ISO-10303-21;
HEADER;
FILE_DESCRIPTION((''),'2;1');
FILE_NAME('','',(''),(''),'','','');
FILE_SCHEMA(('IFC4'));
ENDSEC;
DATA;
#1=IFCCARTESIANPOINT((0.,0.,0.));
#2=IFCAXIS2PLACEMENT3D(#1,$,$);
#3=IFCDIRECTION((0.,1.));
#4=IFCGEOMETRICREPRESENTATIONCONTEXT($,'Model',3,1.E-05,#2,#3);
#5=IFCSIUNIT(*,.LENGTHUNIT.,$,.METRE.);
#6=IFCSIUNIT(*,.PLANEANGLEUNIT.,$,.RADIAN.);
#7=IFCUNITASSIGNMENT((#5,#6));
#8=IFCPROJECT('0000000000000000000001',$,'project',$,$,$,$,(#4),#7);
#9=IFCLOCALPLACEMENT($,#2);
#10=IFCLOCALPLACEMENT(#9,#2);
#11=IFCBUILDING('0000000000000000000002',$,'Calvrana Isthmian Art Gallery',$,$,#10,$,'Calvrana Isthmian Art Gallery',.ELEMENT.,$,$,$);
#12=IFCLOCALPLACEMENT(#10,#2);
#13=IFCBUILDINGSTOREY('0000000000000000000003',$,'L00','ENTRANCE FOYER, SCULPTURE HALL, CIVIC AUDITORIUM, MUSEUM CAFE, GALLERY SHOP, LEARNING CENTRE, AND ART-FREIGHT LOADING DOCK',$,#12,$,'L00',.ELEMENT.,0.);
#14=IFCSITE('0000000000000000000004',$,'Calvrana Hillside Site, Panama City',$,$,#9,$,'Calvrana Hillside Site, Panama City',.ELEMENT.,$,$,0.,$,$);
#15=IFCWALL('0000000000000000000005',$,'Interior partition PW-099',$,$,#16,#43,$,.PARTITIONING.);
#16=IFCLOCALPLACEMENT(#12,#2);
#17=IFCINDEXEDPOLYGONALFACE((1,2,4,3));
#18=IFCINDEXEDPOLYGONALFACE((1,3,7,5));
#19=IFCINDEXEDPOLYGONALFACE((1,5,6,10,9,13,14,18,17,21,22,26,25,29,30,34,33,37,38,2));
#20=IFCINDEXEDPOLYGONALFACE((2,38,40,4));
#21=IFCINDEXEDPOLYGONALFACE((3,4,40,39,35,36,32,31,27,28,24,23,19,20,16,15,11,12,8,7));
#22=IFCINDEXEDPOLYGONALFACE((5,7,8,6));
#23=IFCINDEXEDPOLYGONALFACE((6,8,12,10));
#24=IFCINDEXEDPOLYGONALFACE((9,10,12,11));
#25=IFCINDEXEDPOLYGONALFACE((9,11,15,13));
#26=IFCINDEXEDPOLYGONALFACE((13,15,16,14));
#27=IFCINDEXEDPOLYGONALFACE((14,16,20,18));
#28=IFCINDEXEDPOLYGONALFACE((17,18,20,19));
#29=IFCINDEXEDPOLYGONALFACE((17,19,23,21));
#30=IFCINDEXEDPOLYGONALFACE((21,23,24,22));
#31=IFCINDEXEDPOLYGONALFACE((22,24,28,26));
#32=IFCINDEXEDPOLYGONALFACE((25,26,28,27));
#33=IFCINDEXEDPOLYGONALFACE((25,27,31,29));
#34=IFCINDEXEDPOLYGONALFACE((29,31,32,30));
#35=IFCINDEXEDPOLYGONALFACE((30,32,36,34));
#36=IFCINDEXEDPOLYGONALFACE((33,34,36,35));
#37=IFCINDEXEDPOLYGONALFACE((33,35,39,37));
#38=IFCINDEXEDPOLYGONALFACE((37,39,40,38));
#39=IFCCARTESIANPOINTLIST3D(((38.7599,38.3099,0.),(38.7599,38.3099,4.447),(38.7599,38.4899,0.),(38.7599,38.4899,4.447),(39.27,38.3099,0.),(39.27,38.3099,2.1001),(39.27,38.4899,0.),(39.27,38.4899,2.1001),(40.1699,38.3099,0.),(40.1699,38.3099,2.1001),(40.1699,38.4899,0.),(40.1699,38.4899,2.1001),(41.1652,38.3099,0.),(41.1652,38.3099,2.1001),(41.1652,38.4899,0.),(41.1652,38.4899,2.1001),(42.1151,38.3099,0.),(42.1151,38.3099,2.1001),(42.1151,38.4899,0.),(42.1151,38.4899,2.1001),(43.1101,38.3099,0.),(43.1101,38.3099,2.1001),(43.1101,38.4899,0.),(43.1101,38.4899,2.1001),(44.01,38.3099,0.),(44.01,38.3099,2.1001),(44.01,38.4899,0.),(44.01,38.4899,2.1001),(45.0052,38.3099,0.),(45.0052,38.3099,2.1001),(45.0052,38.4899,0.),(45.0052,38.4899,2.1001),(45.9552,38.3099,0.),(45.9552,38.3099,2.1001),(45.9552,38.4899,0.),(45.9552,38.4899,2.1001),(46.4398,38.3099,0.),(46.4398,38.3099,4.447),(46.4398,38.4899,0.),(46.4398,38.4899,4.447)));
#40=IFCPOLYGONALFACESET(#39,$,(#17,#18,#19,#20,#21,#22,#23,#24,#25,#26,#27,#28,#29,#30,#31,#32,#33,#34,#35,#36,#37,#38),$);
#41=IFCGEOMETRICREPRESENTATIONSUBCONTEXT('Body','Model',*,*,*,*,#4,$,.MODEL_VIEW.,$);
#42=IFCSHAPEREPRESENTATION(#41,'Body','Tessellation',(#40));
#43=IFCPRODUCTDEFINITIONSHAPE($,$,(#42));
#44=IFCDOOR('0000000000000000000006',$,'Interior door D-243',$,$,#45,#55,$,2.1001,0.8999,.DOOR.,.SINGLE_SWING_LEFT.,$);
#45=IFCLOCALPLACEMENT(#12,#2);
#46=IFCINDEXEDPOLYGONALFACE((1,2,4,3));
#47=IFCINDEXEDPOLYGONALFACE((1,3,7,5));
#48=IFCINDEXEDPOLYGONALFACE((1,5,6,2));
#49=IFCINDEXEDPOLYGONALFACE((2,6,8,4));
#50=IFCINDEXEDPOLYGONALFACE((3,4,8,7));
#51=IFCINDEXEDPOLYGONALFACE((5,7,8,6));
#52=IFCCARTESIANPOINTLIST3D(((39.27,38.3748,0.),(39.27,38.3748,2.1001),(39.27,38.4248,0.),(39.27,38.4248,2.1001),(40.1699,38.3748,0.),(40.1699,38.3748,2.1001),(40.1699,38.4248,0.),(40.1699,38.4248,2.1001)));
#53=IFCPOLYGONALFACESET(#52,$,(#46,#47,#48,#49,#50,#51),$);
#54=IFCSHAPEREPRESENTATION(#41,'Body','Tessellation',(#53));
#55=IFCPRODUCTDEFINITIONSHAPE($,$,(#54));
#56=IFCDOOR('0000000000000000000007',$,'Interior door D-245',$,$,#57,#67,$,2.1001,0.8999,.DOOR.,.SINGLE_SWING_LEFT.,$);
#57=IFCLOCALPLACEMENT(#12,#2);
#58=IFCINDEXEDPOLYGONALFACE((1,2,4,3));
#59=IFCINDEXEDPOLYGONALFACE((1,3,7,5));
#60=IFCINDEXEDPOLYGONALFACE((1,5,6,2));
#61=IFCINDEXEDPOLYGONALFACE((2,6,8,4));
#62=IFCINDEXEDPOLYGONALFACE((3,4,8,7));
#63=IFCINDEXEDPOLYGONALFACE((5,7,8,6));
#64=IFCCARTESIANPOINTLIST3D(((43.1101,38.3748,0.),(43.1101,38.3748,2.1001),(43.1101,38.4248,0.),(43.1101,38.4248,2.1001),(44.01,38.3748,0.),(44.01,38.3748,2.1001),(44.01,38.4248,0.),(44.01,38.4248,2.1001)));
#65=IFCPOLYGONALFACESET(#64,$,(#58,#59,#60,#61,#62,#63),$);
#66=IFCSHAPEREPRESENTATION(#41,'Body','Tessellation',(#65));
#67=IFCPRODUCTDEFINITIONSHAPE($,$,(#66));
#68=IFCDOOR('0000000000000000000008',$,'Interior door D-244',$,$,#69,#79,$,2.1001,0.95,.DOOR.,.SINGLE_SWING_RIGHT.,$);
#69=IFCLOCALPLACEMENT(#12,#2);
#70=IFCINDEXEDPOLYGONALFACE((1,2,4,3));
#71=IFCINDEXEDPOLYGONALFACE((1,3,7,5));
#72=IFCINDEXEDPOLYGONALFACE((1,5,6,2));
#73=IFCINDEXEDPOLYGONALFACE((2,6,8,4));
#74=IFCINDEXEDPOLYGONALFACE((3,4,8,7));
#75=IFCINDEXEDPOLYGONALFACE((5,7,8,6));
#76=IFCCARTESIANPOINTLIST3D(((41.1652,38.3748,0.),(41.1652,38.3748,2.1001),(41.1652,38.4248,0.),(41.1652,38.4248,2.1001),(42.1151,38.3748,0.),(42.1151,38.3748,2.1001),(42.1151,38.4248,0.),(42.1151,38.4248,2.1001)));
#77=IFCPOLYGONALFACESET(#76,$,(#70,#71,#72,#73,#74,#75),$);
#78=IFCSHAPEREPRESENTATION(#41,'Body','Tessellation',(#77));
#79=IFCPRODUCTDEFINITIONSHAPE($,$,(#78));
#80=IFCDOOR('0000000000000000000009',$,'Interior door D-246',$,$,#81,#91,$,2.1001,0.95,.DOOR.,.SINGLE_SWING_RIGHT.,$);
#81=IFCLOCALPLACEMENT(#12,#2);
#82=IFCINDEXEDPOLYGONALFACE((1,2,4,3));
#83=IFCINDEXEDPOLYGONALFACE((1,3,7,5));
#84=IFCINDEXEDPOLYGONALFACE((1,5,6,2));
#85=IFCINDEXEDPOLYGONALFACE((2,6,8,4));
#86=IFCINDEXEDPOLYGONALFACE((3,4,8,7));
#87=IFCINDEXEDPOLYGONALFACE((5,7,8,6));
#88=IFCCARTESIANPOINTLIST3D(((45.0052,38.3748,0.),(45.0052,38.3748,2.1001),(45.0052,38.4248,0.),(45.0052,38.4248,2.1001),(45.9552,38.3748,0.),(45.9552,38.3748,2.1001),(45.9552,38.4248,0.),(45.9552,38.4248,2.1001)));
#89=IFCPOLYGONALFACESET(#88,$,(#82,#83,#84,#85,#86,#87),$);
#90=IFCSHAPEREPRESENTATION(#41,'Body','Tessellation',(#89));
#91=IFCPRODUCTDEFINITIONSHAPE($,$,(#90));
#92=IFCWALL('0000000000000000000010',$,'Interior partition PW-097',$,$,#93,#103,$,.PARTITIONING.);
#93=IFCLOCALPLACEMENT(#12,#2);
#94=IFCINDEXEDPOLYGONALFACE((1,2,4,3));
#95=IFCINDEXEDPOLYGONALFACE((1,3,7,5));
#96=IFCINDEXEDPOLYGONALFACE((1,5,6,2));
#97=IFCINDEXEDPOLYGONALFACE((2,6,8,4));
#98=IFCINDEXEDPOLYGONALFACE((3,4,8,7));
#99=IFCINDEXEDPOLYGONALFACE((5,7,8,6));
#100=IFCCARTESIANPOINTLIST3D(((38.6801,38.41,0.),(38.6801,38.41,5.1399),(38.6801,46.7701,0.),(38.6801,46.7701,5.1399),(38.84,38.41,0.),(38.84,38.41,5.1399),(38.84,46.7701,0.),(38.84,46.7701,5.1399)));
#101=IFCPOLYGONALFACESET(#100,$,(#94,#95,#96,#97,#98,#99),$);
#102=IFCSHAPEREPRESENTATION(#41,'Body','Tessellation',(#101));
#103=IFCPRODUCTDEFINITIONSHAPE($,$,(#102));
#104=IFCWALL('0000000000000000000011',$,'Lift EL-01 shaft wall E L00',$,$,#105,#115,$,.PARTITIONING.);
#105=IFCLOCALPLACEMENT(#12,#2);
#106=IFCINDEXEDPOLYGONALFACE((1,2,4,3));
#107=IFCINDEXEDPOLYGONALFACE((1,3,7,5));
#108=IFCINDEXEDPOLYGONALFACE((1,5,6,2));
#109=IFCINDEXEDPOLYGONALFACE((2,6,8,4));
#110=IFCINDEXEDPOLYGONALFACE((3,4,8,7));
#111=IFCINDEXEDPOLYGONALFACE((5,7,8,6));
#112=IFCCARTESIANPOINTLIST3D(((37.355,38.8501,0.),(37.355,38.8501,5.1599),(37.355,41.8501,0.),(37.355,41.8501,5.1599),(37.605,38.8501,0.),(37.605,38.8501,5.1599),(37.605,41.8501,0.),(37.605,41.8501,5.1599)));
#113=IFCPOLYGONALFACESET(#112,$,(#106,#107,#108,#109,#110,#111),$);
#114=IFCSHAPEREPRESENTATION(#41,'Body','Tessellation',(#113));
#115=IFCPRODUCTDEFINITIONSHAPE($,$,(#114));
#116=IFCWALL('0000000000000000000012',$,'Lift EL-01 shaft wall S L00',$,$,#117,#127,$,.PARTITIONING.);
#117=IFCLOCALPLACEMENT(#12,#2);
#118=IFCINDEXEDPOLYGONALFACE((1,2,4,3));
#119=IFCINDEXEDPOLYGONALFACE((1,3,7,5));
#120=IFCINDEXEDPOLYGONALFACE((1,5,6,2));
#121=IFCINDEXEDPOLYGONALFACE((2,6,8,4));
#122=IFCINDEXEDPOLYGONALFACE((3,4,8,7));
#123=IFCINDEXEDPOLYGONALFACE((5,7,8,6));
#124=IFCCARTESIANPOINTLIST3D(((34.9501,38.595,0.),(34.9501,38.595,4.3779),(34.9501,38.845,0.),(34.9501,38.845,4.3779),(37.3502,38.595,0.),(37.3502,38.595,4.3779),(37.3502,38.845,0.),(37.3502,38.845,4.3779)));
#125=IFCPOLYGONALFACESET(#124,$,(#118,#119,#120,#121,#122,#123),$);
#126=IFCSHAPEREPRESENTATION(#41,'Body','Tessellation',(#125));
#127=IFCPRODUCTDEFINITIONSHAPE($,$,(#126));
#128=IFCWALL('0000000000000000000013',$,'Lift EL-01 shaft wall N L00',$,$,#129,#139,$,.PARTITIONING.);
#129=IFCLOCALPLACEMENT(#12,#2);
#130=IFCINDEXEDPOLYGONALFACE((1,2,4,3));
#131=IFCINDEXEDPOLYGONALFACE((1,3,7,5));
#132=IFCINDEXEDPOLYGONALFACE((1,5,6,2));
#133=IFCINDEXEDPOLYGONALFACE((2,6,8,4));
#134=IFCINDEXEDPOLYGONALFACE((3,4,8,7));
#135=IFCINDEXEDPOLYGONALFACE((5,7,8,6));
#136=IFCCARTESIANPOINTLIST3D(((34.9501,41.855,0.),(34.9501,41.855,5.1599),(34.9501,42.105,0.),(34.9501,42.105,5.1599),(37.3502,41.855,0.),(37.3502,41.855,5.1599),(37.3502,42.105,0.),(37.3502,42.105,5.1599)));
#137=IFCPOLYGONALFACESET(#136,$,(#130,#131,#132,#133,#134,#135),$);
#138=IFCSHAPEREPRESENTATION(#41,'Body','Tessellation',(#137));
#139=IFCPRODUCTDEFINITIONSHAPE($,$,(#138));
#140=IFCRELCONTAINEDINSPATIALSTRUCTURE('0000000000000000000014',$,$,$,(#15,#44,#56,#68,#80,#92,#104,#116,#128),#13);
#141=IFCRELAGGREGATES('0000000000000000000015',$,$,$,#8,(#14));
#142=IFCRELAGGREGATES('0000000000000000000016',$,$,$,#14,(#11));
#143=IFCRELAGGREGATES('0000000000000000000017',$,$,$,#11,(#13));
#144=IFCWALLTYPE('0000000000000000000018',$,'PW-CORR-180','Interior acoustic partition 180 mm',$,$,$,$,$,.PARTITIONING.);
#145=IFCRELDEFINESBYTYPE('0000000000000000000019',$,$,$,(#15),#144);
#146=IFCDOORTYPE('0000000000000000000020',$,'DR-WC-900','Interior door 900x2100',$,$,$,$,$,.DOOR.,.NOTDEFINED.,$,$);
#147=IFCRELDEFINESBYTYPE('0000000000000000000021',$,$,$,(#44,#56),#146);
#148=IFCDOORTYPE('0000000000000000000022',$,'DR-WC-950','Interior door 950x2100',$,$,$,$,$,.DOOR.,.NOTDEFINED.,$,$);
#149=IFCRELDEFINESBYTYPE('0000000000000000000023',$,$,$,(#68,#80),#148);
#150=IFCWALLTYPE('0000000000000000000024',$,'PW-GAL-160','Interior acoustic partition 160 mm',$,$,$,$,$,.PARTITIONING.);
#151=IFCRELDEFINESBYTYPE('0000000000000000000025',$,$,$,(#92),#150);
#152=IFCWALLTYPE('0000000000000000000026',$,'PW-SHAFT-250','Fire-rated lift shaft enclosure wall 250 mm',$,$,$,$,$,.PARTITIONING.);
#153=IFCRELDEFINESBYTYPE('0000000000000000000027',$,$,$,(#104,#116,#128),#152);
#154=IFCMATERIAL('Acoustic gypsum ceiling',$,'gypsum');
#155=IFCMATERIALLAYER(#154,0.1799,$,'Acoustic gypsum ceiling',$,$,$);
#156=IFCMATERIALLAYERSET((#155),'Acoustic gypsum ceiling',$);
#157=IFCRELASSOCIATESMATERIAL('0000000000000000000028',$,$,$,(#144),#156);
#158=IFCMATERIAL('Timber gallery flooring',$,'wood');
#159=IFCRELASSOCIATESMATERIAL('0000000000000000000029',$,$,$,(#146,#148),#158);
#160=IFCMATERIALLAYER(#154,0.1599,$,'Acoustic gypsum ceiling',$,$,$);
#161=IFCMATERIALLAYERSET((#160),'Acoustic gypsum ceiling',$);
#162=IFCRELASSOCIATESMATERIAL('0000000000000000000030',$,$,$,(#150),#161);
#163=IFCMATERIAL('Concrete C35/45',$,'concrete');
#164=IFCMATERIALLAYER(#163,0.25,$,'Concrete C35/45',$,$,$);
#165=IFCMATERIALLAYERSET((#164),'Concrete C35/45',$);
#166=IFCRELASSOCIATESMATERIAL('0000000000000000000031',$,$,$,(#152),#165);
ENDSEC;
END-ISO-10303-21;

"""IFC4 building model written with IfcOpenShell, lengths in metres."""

from ifc_helpers import new_model, si_unit, direction, frame, frame_2d, origin, place, context, subcontext, project, spatial, rectangle, extrude, material, layer, layer_set, type_object, element, fill, save


model = new_model("IFC4")

# Units and contexts
model_context = context("Model", 3, precision=1e-05, world=origin(), true_north=direction((0.0, 1.0)))
body_context = subcontext(model_context, "Body", "Model", "MODEL_VIEW")
ifc_project = project(units=[si_unit("LENGTHUNIT", "METRE"), si_unit("PLANEANGLEUNIT", "RADIAN")], contexts=[model_context])

# Site, building, storey
site_placement = place(None, origin())
site = spatial("IfcSite", under=ifc_project, at=site_placement, Name="Calvrana Hillside Site, Panama City", LongName="Calvrana Hillside Site, Panama City", CompositionType="ELEMENT", RefElevation=0.0)
building_placement = place(site_placement, origin())
building = spatial("IfcBuilding", under=site, at=building_placement, Name="Calvrana Isthmian Art Gallery", LongName="Calvrana Isthmian Art Gallery", CompositionType="ELEMENT")
storey_placement = place(building_placement, origin())
storey = spatial("IfcBuildingStorey", under=building, at=storey_placement, Name="L00", Description="ENTRANCE FOYER, SCULPTURE HALL, CIVIC AUDITORIUM, MUSEUM CAFE, GALLERY SHOP, LEARNING CENTRE, AND ART-FREIGHT LOADING DOCK", LongName="L00", CompositionType="ELEMENT", Elevation=0.0)

# Wall, openings, doors
ifc_material_1 = material(Name="Acoustic gypsum ceiling", Category="gypsum")
ifc_layer_1 = layer(ifc_material_1, 0.1799, Name="Acoustic gypsum ceiling")
ifc_layer_set_1 = layer_set([ifc_layer_1], Name="Acoustic gypsum ceiling")
wall_type_1 = type_object("IfcWallType", Name="PW-CORR-180", Description="Interior acoustic partition 180 mm", PredefinedType="PARTITIONING", material=ifc_layer_set_1)
wall_1_placement = place(storey_placement, frame((38.76, 38.3999, 0.0), z_axis=(0.0, 0.0, 1.0), x_axis=(1.0, 0.0, 0.0)))
wall_1 = element("IfcWall", 1, at=wall_1_placement, inside=storey, type_object=wall_type_1, Name="Interior partition PW-099", PredefinedType="PARTITIONING", context=body_context, shape_type="SweptSolid", body=[
    extrude(rectangle(XDim=7.6799, YDim=0.1799, at=frame_2d((3.8398, 0.0))), origin(), (0.0, 0.0, 1.0), 4.447),
])
opening_1_placement = place(wall_1_placement, frame((0.51, 0.0, 0.0)))
opening_1 = element("IfcOpeningElement", 2, at=opening_1_placement, cuts=wall_1, PredefinedType="OPENING", context=body_context, shape_type="SweptSolid", body=[
    extrude(rectangle(XDim=0.8999, YDim=2.1001, at=frame_2d((0.45, 1.05))), frame((0.0, 0.1001, 0.0), z_axis=(0.0, -1.0, 0.0), x_axis=(1.0, 0.0, 0.0)), (0.0, 0.0, 1.0), 0.2004),
])
opening_2_placement = place(wall_1_placement, frame((2.405, 0.0, 0.0)))
opening_2 = element("IfcOpeningElement", 3, at=opening_2_placement, cuts=wall_1, PredefinedType="OPENING", context=body_context, shape_type="SweptSolid", body=[
    extrude(rectangle(XDim=0.95, YDim=2.1001, at=frame_2d((0.4751, 1.05))), frame((0.0, 0.1001, 0.0), z_axis=(0.0, -1.0, 0.0), x_axis=(1.0, 0.0, 0.0)), (0.0, 0.0, 1.0), 0.2004),
])
opening_3_placement = place(wall_1_placement, frame((4.3501, 0.0, 0.0)))
opening_3 = element("IfcOpeningElement", 4, at=opening_3_placement, cuts=wall_1, PredefinedType="OPENING", context=body_context, shape_type="SweptSolid", body=[
    extrude(rectangle(XDim=0.8999, YDim=2.1001, at=frame_2d((0.45, 1.05))), frame((0.0, 0.1001, 0.0), z_axis=(0.0, -1.0, 0.0), x_axis=(1.0, 0.0, 0.0)), (0.0, 0.0, 1.0), 0.2004),
])
opening_4_placement = place(wall_1_placement, frame((6.2451, 0.0, 0.0)))
opening_4 = element("IfcOpeningElement", 5, at=opening_4_placement, cuts=wall_1, PredefinedType="OPENING", context=body_context, shape_type="SweptSolid", body=[
    extrude(rectangle(XDim=0.95, YDim=2.1001, at=frame_2d((0.4751, 1.05))), frame((0.0, 0.1001, 0.0), z_axis=(0.0, -1.0, 0.0), x_axis=(1.0, 0.0, 0.0)), (0.0, 0.0, 1.0), 0.2004),
])
ifc_material_2 = material(Name="Timber gallery flooring", Category="wood")
door_type_1 = type_object("IfcDoorType", Name="DR-WC-900", Description="Interior door 900x2100", OperationType="NOTDEFINED", PredefinedType="DOOR", material=ifc_material_2)
door_1_placement = place(opening_1_placement, origin())
door_1 = element("IfcDoor", 6, at=door_1_placement, inside=storey, type_object=door_type_1, Name="Interior door D-243", OperationType="SINGLE_SWING_LEFT", OverallHeight=2.1001, OverallWidth=0.8999, PredefinedType="DOOR", context=body_context, shape_type="SweptSolid", body=[
    extrude(rectangle(XDim=0.8999, YDim=2.1001, at=frame_2d((0.45, 1.05))), frame((0.0, 0.0249, 0.0), z_axis=(0.0, -1.0, 0.0), x_axis=(1.0, 0.0, 0.0)), (0.0, 0.0, 1.0), 0.05),
])
fill(opening_1, door_1)
door_2_placement = place(opening_3_placement, origin())
door_2 = element("IfcDoor", 7, at=door_2_placement, inside=storey, type_object=door_type_1, Name="Interior door D-245", OperationType="SINGLE_SWING_LEFT", OverallHeight=2.1001, OverallWidth=0.8999, PredefinedType="DOOR", context=body_context, shape_type="SweptSolid", body=[
    extrude(rectangle(XDim=0.8999, YDim=2.1001, at=frame_2d((0.45, 1.05))), frame((0.0, 0.0249, 0.0), z_axis=(0.0, -1.0, 0.0), x_axis=(1.0, 0.0, 0.0)), (0.0, 0.0, 1.0), 0.05),
])
fill(opening_3, door_2)
door_type_2 = type_object("IfcDoorType", Name="DR-WC-950", Description="Interior door 950x2100", OperationType="NOTDEFINED", PredefinedType="DOOR", material=ifc_material_2)
door_3_placement = place(opening_2_placement, origin())
door_3 = element("IfcDoor", 8, at=door_3_placement, inside=storey, type_object=door_type_2, Name="Interior door D-244", OperationType="SINGLE_SWING_RIGHT", OverallHeight=2.1001, OverallWidth=0.95, PredefinedType="DOOR", context=body_context, shape_type="SweptSolid", body=[
    extrude(rectangle(XDim=0.95, YDim=2.1001, at=frame_2d((0.4751, 1.05))), frame((0.0, 0.0249, 0.0), z_axis=(0.0, -1.0, 0.0), x_axis=(1.0, 0.0, 0.0)), (0.0, 0.0, 1.0), 0.05),
])
fill(opening_2, door_3)
door_4_placement = place(opening_4_placement, origin())
door_4 = element("IfcDoor", 9, at=door_4_placement, inside=storey, type_object=door_type_2, Name="Interior door D-246", OperationType="SINGLE_SWING_RIGHT", OverallHeight=2.1001, OverallWidth=0.95, PredefinedType="DOOR", context=body_context, shape_type="SweptSolid", body=[
    extrude(rectangle(XDim=0.95, YDim=2.1001, at=frame_2d((0.4751, 1.05))), frame((0.0, 0.0249, 0.0), z_axis=(0.0, -1.0, 0.0), x_axis=(1.0, 0.0, 0.0)), (0.0, 0.0, 1.0), 0.05),
])
fill(opening_4, door_4)

# Walls
ifc_layer_2 = layer(ifc_material_1, 0.1599, Name="Acoustic gypsum ceiling")
ifc_layer_set_2 = layer_set([ifc_layer_2], Name="Acoustic gypsum ceiling")
wall_type_2 = type_object("IfcWallType", Name="PW-GAL-160", Description="Interior acoustic partition 160 mm", PredefinedType="PARTITIONING", material=ifc_layer_set_2)
wall_2_placement = place(storey_placement, frame((38.76, 38.4099, 0.0), z_axis=(0.0, 0.0, 1.0), x_axis=(0.0, 1.0, 0.0)))
element("IfcWall", 10, at=wall_2_placement, inside=storey, type_object=wall_type_2, Name="Interior partition PW-097", PredefinedType="PARTITIONING", context=body_context, shape_type="SweptSolid", body=[
    extrude(rectangle(XDim=8.3601, YDim=0.1599, at=frame_2d((4.1802, 0.0))), origin(), (0.0, 0.0, 1.0), 5.1399),
])
ifc_material_3 = material(Name="Concrete C35/45", Category="concrete")
ifc_layer_3 = layer(ifc_material_3, 0.25, Name="Concrete C35/45")
ifc_layer_set_3 = layer_set([ifc_layer_3], Name="Concrete C35/45")
wall_type_3 = type_object("IfcWallType", Name="PW-SHAFT-250", Description="Fire-rated lift shaft enclosure wall 250 mm", PredefinedType="PARTITIONING", material=ifc_layer_set_3)
wall_3_placement = place(storey_placement, frame((37.48, 38.8501, 0.0), z_axis=(0.0, 0.0, 1.0), x_axis=(0.0, 1.0, 0.0)))
element("IfcWall", 11, at=wall_3_placement, inside=storey, type_object=wall_type_3, Name="Lift EL-01 shaft wall E L00", PredefinedType="PARTITIONING", context=body_context, shape_type="SweptSolid", body=[
    extrude(rectangle(XDim=3.0, YDim=0.25, at=frame_2d((1.5, 0.0))), origin(), (0.0, 0.0, 1.0), 5.1599),
])
wall_4_placement = place(storey_placement, frame((34.95, 38.72, 0.0), z_axis=(0.0, 0.0, 1.0), x_axis=(1.0, 0.0, 0.0)))
element("IfcWall", 12, at=wall_4_placement, inside=storey, type_object=wall_type_3, Name="Lift EL-01 shaft wall S L00", PredefinedType="PARTITIONING", context=body_context, shape_type="SweptSolid", body=[
    extrude(rectangle(XDim=2.4001, YDim=0.25, at=frame_2d((1.2002, 0.0))), origin(), (0.0, 0.0, 1.0), 4.3779),
])
wall_5_placement = place(storey_placement, frame((34.95, 41.98, 0.0), z_axis=(0.0, 0.0, 1.0), x_axis=(1.0, 0.0, 0.0)))
element("IfcWall", 13, at=wall_5_placement, inside=storey, type_object=wall_type_3, Name="Lift EL-01 shaft wall N L00", PredefinedType="PARTITIONING", context=body_context, shape_type="SweptSolid", body=[
    extrude(rectangle(XDim=2.4001, YDim=0.25, at=frame_2d((1.2002, 0.0))), origin(), (0.0, 0.0, 1.0), 5.1599),
])

save(model, "model.ifc")
